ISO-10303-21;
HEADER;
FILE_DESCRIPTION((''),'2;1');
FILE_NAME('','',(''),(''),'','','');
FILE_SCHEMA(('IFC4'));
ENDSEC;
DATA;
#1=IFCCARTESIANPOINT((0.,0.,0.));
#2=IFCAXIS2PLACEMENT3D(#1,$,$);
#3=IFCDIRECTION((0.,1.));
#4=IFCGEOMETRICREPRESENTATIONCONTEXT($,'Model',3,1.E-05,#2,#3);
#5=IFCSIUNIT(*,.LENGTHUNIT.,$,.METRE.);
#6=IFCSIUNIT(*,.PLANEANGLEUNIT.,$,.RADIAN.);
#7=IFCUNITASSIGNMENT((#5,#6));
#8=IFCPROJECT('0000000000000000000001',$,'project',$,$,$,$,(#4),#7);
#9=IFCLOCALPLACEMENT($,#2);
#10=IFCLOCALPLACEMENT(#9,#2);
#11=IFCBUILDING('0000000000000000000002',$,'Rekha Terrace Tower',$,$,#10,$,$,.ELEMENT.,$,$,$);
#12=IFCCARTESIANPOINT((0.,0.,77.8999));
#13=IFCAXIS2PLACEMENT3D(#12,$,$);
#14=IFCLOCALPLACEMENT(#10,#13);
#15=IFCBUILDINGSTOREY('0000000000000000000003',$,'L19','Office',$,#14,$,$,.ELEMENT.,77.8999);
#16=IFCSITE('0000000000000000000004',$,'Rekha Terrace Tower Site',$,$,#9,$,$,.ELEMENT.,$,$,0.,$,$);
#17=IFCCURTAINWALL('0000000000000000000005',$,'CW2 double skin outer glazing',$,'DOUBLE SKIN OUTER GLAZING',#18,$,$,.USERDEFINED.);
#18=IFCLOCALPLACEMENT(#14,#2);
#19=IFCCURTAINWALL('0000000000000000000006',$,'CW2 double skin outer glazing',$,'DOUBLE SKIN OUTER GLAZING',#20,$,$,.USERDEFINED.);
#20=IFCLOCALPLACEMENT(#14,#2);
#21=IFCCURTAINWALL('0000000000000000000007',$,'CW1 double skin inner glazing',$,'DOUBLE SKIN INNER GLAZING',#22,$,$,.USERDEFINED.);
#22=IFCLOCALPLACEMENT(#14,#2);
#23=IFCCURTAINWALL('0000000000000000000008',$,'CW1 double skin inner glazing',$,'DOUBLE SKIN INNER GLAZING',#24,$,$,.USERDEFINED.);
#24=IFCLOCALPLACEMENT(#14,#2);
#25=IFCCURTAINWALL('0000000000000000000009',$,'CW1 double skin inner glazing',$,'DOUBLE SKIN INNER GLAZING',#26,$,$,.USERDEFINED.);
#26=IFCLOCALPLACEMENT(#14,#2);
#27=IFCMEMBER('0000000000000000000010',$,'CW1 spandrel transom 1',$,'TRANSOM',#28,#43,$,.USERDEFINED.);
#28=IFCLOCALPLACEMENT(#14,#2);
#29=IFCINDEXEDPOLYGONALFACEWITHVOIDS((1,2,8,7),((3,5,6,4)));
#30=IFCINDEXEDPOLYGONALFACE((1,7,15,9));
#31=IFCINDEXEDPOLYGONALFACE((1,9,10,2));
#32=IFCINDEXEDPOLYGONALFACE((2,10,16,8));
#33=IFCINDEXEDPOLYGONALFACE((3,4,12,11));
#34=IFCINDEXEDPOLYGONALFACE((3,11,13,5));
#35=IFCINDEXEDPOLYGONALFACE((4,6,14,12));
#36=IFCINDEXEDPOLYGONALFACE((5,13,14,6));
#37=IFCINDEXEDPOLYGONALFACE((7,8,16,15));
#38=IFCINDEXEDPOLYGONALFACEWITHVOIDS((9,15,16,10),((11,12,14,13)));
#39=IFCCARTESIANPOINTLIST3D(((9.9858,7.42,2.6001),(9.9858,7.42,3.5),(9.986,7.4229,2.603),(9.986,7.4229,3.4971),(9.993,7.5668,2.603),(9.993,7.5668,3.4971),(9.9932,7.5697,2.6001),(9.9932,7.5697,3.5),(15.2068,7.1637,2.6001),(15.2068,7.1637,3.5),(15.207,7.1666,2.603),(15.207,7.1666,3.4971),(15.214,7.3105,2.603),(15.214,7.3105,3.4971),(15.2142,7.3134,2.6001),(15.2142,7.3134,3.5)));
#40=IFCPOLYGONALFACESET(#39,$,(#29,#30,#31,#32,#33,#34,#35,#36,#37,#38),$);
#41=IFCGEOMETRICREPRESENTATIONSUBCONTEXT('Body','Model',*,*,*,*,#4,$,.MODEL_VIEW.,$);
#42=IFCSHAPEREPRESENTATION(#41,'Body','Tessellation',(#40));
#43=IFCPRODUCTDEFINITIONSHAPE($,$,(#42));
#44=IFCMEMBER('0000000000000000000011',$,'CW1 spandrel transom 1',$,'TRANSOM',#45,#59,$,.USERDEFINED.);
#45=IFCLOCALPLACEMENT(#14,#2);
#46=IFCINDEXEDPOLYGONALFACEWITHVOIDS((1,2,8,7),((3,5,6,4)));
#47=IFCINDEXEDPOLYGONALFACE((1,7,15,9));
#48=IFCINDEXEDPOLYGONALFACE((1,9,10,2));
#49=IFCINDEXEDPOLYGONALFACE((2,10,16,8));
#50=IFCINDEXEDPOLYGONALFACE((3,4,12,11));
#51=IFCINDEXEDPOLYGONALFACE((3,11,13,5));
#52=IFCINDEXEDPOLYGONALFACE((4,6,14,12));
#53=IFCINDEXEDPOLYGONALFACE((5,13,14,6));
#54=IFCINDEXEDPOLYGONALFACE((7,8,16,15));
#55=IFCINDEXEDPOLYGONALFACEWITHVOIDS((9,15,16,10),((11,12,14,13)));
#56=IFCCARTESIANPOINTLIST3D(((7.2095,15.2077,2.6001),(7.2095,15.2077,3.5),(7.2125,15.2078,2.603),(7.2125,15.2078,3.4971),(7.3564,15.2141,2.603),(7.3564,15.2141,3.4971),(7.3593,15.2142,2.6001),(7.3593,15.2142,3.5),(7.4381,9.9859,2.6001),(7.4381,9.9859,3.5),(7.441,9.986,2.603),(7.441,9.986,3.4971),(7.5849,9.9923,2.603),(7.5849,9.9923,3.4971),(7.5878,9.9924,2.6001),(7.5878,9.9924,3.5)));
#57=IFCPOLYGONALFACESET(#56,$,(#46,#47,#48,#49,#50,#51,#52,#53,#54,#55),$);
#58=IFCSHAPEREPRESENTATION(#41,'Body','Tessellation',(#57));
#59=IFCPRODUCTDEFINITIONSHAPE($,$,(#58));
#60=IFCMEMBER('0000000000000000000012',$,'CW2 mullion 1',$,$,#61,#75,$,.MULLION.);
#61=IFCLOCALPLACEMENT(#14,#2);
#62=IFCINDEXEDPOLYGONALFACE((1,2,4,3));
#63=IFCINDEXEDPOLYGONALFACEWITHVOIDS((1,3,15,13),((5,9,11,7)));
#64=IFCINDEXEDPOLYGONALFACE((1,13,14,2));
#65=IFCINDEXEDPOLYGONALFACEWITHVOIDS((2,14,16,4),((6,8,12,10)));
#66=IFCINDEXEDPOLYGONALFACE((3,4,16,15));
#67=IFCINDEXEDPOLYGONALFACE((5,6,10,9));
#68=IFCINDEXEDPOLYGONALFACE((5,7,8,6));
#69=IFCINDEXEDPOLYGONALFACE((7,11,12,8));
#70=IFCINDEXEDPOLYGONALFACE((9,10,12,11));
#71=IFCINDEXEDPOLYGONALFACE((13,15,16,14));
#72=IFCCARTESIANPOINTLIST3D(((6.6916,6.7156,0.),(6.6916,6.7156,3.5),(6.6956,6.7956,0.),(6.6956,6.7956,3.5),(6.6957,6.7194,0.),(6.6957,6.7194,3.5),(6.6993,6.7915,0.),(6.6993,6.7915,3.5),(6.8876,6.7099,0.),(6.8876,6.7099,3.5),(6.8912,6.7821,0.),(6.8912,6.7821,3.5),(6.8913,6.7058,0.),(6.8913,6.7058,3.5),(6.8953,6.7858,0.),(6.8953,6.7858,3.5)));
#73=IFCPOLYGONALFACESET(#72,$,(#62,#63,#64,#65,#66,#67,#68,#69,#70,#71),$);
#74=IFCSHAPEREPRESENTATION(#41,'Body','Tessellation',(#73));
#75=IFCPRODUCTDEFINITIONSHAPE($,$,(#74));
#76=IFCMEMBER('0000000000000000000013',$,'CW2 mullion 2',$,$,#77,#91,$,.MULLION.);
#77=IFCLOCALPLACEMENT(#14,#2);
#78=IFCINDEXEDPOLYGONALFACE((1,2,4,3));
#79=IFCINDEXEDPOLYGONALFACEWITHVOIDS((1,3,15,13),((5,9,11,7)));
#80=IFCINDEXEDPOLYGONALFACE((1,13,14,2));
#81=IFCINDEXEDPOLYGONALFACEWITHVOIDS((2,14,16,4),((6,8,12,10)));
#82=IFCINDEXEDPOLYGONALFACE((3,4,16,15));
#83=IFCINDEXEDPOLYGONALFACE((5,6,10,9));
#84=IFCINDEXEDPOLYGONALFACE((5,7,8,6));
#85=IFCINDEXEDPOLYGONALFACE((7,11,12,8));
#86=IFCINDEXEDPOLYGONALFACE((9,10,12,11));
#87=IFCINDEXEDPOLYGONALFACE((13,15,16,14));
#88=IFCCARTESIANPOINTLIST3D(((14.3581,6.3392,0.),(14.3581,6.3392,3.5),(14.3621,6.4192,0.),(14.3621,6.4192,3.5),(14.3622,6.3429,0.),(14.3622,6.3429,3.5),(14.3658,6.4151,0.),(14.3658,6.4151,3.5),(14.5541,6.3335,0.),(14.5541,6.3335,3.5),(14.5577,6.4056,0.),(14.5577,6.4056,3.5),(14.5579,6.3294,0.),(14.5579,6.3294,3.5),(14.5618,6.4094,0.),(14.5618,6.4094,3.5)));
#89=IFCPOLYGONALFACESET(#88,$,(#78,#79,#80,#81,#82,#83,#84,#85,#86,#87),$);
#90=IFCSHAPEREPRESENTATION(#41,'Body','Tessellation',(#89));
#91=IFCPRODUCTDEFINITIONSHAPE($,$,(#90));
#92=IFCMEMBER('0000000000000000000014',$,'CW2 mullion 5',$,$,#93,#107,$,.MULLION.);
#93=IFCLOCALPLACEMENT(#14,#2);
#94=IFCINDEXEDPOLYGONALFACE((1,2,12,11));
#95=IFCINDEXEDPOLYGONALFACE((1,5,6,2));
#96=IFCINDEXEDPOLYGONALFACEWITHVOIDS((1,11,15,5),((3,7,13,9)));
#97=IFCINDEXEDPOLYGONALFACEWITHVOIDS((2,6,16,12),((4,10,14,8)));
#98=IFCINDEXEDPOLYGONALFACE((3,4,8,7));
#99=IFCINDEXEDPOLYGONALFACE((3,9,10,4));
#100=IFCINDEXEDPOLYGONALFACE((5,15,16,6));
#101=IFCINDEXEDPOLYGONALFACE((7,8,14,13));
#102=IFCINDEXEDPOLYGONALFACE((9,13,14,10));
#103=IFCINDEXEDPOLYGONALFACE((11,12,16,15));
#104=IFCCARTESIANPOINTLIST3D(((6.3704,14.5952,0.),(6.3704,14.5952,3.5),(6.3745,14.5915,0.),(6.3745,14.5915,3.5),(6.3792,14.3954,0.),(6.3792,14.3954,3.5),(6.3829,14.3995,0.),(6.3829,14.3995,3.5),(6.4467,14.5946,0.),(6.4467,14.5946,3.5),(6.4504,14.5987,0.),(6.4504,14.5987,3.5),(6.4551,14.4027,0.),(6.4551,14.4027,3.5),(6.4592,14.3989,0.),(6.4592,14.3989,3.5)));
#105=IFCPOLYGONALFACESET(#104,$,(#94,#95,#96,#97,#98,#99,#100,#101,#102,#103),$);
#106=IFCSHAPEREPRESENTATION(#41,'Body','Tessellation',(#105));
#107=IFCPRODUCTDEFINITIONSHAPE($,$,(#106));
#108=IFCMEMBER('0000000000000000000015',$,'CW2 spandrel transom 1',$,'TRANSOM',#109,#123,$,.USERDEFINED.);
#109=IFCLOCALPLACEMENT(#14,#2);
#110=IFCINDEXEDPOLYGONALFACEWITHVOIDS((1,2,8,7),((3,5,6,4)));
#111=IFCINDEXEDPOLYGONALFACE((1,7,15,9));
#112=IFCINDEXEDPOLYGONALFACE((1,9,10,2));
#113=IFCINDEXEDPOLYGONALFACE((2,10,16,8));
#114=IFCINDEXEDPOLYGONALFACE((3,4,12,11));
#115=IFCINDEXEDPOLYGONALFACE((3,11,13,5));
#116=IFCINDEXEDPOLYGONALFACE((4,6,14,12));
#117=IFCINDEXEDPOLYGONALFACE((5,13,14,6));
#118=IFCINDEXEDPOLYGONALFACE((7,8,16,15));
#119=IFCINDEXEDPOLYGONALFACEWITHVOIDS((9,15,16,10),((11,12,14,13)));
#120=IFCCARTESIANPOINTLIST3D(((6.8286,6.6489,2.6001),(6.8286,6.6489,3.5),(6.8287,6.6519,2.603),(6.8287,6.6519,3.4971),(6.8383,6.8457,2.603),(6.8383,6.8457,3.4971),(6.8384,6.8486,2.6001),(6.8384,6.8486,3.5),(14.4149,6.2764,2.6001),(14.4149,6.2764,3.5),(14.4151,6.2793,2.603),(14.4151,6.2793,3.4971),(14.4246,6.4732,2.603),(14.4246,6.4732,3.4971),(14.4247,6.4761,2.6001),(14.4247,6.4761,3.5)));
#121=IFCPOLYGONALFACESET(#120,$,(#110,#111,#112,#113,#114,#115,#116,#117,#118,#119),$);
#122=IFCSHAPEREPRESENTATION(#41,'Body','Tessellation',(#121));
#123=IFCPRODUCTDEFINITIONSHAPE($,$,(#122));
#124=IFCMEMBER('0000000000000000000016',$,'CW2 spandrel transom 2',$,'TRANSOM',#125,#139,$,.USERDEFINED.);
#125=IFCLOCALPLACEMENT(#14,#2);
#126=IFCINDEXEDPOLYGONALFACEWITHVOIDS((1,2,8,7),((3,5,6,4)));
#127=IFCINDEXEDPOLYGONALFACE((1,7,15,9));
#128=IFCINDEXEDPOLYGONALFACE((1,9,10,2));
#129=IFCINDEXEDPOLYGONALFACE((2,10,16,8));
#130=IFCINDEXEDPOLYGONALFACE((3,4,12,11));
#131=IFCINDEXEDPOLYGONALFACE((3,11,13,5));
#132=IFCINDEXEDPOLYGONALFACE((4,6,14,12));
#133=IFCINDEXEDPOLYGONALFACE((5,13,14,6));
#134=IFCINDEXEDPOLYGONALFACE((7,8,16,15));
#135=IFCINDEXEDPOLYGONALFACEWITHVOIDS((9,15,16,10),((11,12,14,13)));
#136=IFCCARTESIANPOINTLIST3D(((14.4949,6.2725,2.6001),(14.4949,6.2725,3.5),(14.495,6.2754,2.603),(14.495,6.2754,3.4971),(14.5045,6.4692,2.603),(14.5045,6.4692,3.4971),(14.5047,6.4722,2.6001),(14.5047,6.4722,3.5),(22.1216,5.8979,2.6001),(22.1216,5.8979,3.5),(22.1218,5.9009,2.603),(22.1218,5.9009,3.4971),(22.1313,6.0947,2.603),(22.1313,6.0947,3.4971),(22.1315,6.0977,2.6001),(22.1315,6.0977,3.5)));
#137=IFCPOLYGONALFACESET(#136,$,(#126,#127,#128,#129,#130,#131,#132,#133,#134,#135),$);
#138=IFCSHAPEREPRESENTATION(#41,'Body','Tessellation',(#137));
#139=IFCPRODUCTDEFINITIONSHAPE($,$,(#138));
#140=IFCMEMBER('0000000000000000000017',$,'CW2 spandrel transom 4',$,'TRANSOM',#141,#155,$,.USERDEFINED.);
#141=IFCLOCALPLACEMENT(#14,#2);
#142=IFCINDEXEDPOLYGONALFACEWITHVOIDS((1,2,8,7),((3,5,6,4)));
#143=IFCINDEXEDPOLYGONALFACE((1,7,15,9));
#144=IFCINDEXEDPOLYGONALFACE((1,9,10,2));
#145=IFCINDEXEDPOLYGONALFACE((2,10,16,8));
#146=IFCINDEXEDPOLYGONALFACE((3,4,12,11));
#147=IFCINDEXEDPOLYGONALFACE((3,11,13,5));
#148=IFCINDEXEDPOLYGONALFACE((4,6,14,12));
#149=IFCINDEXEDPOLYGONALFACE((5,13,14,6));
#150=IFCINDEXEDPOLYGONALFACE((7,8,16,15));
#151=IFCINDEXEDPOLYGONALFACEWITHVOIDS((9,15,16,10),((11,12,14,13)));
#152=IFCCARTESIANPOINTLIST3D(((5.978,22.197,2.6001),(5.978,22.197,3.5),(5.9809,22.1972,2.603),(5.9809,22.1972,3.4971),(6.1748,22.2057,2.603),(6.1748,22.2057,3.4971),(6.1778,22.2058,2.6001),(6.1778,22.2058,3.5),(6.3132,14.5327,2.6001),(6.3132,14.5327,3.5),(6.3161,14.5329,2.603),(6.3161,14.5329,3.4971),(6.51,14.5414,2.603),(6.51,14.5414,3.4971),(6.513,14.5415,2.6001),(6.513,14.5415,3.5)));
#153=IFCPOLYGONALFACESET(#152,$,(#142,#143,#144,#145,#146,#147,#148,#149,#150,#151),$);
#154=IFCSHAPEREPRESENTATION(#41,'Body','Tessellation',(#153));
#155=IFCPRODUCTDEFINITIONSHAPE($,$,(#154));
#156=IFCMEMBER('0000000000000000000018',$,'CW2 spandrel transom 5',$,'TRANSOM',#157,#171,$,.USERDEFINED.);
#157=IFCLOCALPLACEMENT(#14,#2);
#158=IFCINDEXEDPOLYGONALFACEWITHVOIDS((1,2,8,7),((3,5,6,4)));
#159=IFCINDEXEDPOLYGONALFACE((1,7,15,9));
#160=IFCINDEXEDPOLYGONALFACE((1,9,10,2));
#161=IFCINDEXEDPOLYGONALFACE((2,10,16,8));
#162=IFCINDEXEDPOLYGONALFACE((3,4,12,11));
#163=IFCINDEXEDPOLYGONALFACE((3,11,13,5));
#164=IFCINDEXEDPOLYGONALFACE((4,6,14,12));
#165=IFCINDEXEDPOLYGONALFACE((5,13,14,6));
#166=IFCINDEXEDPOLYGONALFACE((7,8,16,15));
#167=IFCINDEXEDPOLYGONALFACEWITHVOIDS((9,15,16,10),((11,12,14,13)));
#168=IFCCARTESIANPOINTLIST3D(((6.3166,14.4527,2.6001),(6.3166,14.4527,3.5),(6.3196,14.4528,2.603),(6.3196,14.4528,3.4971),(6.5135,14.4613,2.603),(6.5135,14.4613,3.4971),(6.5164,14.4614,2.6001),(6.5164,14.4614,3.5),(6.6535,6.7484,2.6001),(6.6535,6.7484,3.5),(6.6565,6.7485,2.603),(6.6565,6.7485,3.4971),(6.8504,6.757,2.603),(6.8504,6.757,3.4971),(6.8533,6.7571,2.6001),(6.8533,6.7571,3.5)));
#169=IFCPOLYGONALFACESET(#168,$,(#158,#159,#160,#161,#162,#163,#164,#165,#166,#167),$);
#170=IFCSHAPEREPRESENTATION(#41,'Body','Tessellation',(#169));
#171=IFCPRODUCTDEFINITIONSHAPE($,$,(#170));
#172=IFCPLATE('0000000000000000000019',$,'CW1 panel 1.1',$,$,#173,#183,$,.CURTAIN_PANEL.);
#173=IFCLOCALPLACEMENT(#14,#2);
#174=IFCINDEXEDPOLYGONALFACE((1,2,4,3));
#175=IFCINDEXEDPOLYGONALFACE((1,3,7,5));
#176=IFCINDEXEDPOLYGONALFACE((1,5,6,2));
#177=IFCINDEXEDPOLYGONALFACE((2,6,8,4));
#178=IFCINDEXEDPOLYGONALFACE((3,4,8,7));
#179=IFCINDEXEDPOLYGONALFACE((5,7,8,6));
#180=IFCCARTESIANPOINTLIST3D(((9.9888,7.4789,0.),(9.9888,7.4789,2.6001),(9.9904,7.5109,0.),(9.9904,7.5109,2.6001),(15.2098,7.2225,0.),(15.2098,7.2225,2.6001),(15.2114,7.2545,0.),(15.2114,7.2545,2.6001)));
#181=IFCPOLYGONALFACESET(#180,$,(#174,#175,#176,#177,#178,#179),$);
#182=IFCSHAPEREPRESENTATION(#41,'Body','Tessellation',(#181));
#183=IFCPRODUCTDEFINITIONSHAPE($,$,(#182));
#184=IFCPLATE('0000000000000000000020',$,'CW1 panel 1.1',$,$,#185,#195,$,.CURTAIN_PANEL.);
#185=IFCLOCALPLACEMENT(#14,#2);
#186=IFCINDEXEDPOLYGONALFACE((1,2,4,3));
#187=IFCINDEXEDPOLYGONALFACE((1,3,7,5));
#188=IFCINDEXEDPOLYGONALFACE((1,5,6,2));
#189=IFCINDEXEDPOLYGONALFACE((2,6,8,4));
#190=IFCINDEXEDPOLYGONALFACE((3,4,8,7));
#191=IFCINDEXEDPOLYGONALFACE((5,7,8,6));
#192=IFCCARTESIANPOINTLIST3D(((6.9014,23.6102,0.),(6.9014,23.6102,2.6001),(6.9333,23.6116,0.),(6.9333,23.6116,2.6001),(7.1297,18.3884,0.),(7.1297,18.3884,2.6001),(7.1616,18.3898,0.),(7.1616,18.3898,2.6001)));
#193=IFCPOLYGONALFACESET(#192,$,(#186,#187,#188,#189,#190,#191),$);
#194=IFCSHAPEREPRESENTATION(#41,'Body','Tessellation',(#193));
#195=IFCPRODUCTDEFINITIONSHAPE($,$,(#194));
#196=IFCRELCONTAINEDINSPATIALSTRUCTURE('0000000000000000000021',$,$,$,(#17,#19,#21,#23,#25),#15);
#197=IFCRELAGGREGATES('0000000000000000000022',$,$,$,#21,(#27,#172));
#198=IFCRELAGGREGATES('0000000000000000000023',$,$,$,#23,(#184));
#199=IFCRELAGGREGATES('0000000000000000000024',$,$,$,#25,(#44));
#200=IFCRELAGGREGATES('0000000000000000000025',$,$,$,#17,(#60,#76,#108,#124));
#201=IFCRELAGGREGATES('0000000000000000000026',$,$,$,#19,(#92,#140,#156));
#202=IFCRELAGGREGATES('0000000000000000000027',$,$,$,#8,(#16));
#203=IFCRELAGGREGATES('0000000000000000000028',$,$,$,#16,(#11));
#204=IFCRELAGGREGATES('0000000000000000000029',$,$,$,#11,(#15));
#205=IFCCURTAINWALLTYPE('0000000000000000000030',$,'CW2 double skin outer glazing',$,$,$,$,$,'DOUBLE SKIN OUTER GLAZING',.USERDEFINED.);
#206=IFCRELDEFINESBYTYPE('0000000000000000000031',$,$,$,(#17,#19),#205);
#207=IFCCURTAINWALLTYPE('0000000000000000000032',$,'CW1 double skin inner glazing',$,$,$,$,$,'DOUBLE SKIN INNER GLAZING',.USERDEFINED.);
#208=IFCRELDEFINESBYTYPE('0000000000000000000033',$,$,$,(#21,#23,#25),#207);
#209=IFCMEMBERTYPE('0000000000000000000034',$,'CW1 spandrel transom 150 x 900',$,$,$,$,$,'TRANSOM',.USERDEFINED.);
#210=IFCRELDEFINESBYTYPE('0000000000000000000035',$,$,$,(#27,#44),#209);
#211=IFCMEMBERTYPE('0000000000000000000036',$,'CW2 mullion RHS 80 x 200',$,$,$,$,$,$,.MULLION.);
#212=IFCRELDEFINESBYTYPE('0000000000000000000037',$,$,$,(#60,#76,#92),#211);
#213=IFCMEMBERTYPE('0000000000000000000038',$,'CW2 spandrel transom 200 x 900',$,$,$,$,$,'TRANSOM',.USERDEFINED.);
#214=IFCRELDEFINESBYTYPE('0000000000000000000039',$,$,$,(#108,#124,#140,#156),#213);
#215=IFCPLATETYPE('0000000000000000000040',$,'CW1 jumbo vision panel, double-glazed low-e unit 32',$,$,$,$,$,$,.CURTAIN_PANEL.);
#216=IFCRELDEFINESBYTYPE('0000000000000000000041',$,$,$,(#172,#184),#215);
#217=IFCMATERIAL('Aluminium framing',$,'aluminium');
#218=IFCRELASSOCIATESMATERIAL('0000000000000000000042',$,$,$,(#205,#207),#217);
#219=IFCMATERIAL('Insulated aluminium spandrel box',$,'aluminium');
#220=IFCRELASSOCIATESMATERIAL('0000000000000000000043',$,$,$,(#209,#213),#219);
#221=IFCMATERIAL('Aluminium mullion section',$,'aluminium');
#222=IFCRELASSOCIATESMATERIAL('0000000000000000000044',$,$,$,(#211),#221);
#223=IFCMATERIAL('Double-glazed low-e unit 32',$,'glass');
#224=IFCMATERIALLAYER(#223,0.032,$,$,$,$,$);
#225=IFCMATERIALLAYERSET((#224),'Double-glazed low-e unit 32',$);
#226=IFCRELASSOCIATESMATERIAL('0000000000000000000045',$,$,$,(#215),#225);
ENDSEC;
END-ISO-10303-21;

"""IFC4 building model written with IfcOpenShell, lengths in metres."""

from ifc_helpers import new_model, si_unit, direction, frame, origin, origin_2d, place, context, subcontext, project, spatial, rectangle, hollow_rectangle, extrude, material, layer, layer_set, material_profile, profile_set, type_object, element, aggregate, save


model = new_model("IFC4")

# Units and contexts
model_context = context("Model", 3, precision=1e-05, world=origin(), true_north=direction((0.0, 1.0)))
body_context = subcontext(model_context, "Body", "Model", "MODEL_VIEW")
ifc_project = project(units=[si_unit("LENGTHUNIT", "METRE"), si_unit("PLANEANGLEUNIT", "RADIAN")], contexts=[model_context])

# Site, building, storey
site_placement = place(None, origin())
site = spatial("IfcSite", under=ifc_project, at=site_placement, Name="Rekha Terrace Tower Site", CompositionType="ELEMENT", RefElevation=0.0)
building_placement = place(site_placement, origin())
building = spatial("IfcBuilding", under=site, at=building_placement, Name="Rekha Terrace Tower", CompositionType="ELEMENT")
storey_placement = place(building_placement, frame((0.0, 0.0, 77.8999)))
storey = spatial("IfcBuildingStorey", under=building, at=storey_placement, Name="L19", Description="Office", CompositionType="ELEMENT", Elevation=77.8999)

# Curtain wall
ifc_material_1 = material(Name="Aluminium framing", Category="aluminium")
curtain_wall_type_1 = type_object("IfcCurtainWallType", Name="CW2 double skin outer glazing", ElementType="DOUBLE SKIN OUTER GLAZING", PredefinedType="USERDEFINED", material=ifc_material_1)
curtain_wall_1_placement = place(storey_placement, origin())
curtain_wall_1 = element("IfcCurtainWall", 1, at=curtain_wall_1_placement, inside=storey, type_object=curtain_wall_type_1, Name="CW2 double skin outer glazing", ObjectType="DOUBLE SKIN OUTER GLAZING", PredefinedType="USERDEFINED")

# Curtain walls
curtain_wall_2_placement = place(storey_placement, origin())
curtain_wall_2 = element("IfcCurtainWall", 2, at=curtain_wall_2_placement, inside=storey, type_object=curtain_wall_type_1, Name="CW2 double skin outer glazing", ObjectType="DOUBLE SKIN OUTER GLAZING", PredefinedType="USERDEFINED")
curtain_wall_type_2 = type_object("IfcCurtainWallType", Name="CW1 double skin inner glazing", ElementType="DOUBLE SKIN INNER GLAZING", PredefinedType="USERDEFINED", material=ifc_material_1)
curtain_wall_3_placement = place(storey_placement, origin())
curtain_wall_3 = element("IfcCurtainWall", 3, at=curtain_wall_3_placement, inside=storey, type_object=curtain_wall_type_2, Name="CW1 double skin inner glazing", ObjectType="DOUBLE SKIN INNER GLAZING", PredefinedType="USERDEFINED")
ifc_material_2 = material(Name="Aluminium mullion section", Category="aluminium")

# Curtain wall
curtain_wall_4_placement = place(storey_placement, origin())
curtain_wall_4 = element("IfcCurtainWall", 4, at=curtain_wall_4_placement, inside=storey, type_object=curtain_wall_type_2, Name="CW1 double skin inner glazing", ObjectType="DOUBLE SKIN INNER GLAZING", PredefinedType="USERDEFINED")

# Curtain wall
curtain_wall_5_placement = place(storey_placement, origin())
curtain_wall_5 = element("IfcCurtainWall", 5, at=curtain_wall_5_placement, inside=storey, type_object=curtain_wall_type_2, Name="CW1 double skin inner glazing", ObjectType="DOUBLE SKIN INNER GLAZING", PredefinedType="USERDEFINED")

# Members
ifc_material_3 = material(Name="Insulated aluminium spandrel box", Category="aluminium")
ifc_material_profile_1 = material_profile(ifc_material_3, hollow_rectangle(XDim=0.1499, YDim=0.8999, WallThickness=0.0029, at=origin_2d()), Name="AL SPANDREL BOX 150x900")
ifc_profile_set_1 = profile_set([ifc_material_profile_1], Name="Insulated aluminium spandrel box")
member_type_1 = type_object("IfcMemberType", Name="CW1 spandrel transom 150 x 900", ElementType="TRANSOM", PredefinedType="USERDEFINED", material=ifc_profile_set_1)
member_1_placement = place(storey_placement, frame((9.9895, 7.4949, 3.05), z_axis=(0.998797, -0.049041, 0.0), x_axis=(0.049041, 0.998797, 0.0)))
member_1 = element("IfcMember", 6, at=member_1_placement, type_object=member_type_1, Name="CW1 spandrel transom 1", ObjectType="TRANSOM", PredefinedType="USERDEFINED", context=body_context, shape_type="SweptSolid", body=[
    extrude(hollow_rectangle(XDim=0.1499, YDim=0.8999, WallThickness=0.0029, at=origin_2d()), origin(), (0.0, 0.0, 1.0), 5.2273),
])
member_2_placement = place(storey_placement, frame((7.2844, 15.2109, 3.05), z_axis=(0.043719, -0.999044, 0.0), x_axis=(0.999044, 0.043719, 0.0)))
member_2 = element("IfcMember", 7, at=member_2_placement, type_object=member_type_1, Name="CW1 spandrel transom 1", ObjectType="TRANSOM", PredefinedType="USERDEFINED", context=body_context, shape_type="SweptSolid", body=[
    extrude(hollow_rectangle(XDim=0.1499, YDim=0.8999, WallThickness=0.0029, at=origin_2d()), origin(), (0.0, 0.0, 1.0), 5.2268),
])
ifc_material_profile_2 = material_profile(ifc_material_2, hollow_rectangle(XDim=0.0801, YDim=0.2, WallThickness=0.0039, at=origin_2d()), Name="AL RHS 80x200")
ifc_profile_set_2 = profile_set([ifc_material_profile_2], Name="Aluminium mullion section")
member_type_2 = type_object("IfcMemberType", Name="CW2 mullion RHS 80 x 200", PredefinedType="MULLION", material=ifc_profile_set_2)
member_3_placement = place(storey_placement, frame((6.7935, 6.7507, 0.0), z_axis=(0.0, 0.0, 1.0), x_axis=(0.049052, 0.998796, 0.0)))
member_3 = element("IfcMember", 8, at=member_3_placement, type_object=member_type_2, Name="CW2 mullion 1", PredefinedType="MULLION", context=body_context, shape_type="SweptSolid", body=[
    extrude(hollow_rectangle(XDim=0.0801, YDim=0.2, WallThickness=0.0039, at=origin_2d()), origin(), (0.0, 0.0, 1.0), 3.5),
])
member_4_placement = place(storey_placement, frame((14.46, 6.3743, 0.0), z_axis=(0.0, 0.0, 1.0), x_axis=(0.049052, 0.998796, 0.0)))
member_4 = element("IfcMember", 9, at=member_4_placement, type_object=member_type_2, Name="CW2 mullion 2", PredefinedType="MULLION", context=body_context, shape_type="SweptSolid", body=[
    extrude(hollow_rectangle(XDim=0.0801, YDim=0.2, WallThickness=0.0039, at=origin_2d()), origin(), (0.0, 0.0, 1.0), 3.5),
])
member_5_placement = place(storey_placement, frame((6.4148, 14.4971, 0.0), z_axis=(0.0, 0.0, 1.0), x_axis=(0.999045, 0.043683, 0.0)))
member_5 = element("IfcMember", 10, at=member_5_placement, type_object=member_type_2, Name="CW2 mullion 5", PredefinedType="MULLION", context=body_context, shape_type="SweptSolid", body=[
    extrude(hollow_rectangle(XDim=0.0801, YDim=0.2, WallThickness=0.0039, at=origin_2d()), origin(), (0.0, 0.0, 1.0), 3.5),
])
ifc_material_profile_3 = material_profile(ifc_material_3, hollow_rectangle(XDim=0.2, YDim=0.8999, WallThickness=0.0029, at=origin_2d()), Name="AL SPANDREL BOX 200x900")
ifc_profile_set_3 = profile_set([ifc_material_profile_3], Name="Insulated aluminium spandrel box")
member_type_3 = type_object("IfcMemberType", Name="CW2 spandrel transom 200 x 900", ElementType="TRANSOM", PredefinedType="USERDEFINED", material=ifc_profile_set_3)
member_6_placement = place(storey_placement, frame((6.8335, 6.7488, 3.05), z_axis=(0.998796, -0.049049, 0.0), x_axis=(0.049049, 0.998796, 0.0)))
member_6 = element("IfcMember", 11, at=member_6_placement, type_object=member_type_3, Name="CW2 spandrel transom 1", ObjectType="TRANSOM", PredefinedType="USERDEFINED", context=body_context, shape_type="SweptSolid", body=[
    extrude(hollow_rectangle(XDim=0.2, YDim=0.8999, WallThickness=0.0029, at=origin_2d()), origin(), (0.0, 0.0, 1.0), 7.5955),
])
member_7_placement = place(storey_placement, frame((14.4998, 6.3723, 3.05), z_axis=(0.998797, -0.049046, 0.0), x_axis=(0.049046, 0.998797, 0.0)))
member_7 = element("IfcMember", 12, at=member_7_placement, type_object=member_type_3, Name="CW2 spandrel transom 2", ObjectType="TRANSOM", PredefinedType="USERDEFINED", context=body_context, shape_type="SweptSolid", body=[
    extrude(hollow_rectangle(XDim=0.2, YDim=0.8999, WallThickness=0.0029, at=origin_2d()), origin(), (0.0, 0.0, 1.0), 7.636),
])
member_8_placement = place(storey_placement, frame((6.0779, 22.2014, 3.05), z_axis=(0.043694, -0.999045, 0.0), x_axis=(0.999045, 0.043694, 0.0)))
member_8 = element("IfcMember", 13, at=member_8_placement, type_object=member_type_3, Name="CW2 spandrel transom 4", ObjectType="TRANSOM", PredefinedType="USERDEFINED", context=body_context, shape_type="SweptSolid", body=[
    extrude(hollow_rectangle(XDim=0.2, YDim=0.8999, WallThickness=0.0029, at=origin_2d()), origin(), (0.0, 0.0, 1.0), 7.6716),
])
member_9_placement = place(storey_placement, frame((6.4165, 14.457, 3.05), z_axis=(0.043689, -0.999045, 0.0), x_axis=(0.999045, 0.043689, 0.0)))
member_9 = element("IfcMember", 14, at=member_9_placement, type_object=member_type_3, Name="CW2 spandrel transom 5", ObjectType="TRANSOM", PredefinedType="USERDEFINED", context=body_context, shape_type="SweptSolid", body=[
    extrude(hollow_rectangle(XDim=0.2, YDim=0.8999, WallThickness=0.0029, at=origin_2d()), origin(), (0.0, 0.0, 1.0), 7.7117),
])

# Plates
ifc_material_4 = material(Name="Double-glazed low-e unit 32", Category="glass")
ifc_layer_1 = layer(ifc_material_4, 0.032)
ifc_layer_set_1 = layer_set([ifc_layer_1], Name="Double-glazed low-e unit 32")
plate_type_1 = type_object("IfcPlateType", Name="CW1 jumbo vision panel, double-glazed low-e unit 32", PredefinedType="CURTAIN_PANEL", material=ifc_layer_set_1)
plate_1_placement = place(storey_placement, frame((12.6001, 7.3667, 0.0), z_axis=(0.0, 0.0, 1.0), x_axis=(0.998796, -0.049052, 0.0)))
plate_1 = element("IfcPlate", 15, at=plate_1_placement, type_object=plate_type_1, Name="CW1 panel 1.1", PredefinedType="CURTAIN_PANEL", context=body_context, shape_type="SweptSolid", body=[
    extrude(rectangle(XDim=5.2273, YDim=0.032, at=origin_2d()), origin(), (0.0, 0.0, 1.0), 2.6001),
])
aggregate(curtain_wall_3, [member_1, plate_1])
plate_2_placement = place(storey_placement, frame((7.0315, 21.0, 0.0), z_axis=(0.0, 0.0, 1.0), x_axis=(0.043683, -0.999045, 0.0)))
plate_2 = element("IfcPlate", 16, at=plate_2_placement, type_object=plate_type_1, Name="CW1 panel 1.1", PredefinedType="CURTAIN_PANEL", context=body_context, shape_type="SweptSolid", body=[
    extrude(rectangle(XDim=5.2268, YDim=0.032, at=origin_2d()), origin(), (0.0, 0.0, 1.0), 2.6001),
])
aggregate(curtain_wall_4, [plate_2])
aggregate(curtain_wall_5, [member_2])
aggregate(curtain_wall_1, [member_3, member_4, member_6, member_7])
aggregate(curtain_wall_2, [member_5, member_8, member_9])

save(model, "model.ifc")
